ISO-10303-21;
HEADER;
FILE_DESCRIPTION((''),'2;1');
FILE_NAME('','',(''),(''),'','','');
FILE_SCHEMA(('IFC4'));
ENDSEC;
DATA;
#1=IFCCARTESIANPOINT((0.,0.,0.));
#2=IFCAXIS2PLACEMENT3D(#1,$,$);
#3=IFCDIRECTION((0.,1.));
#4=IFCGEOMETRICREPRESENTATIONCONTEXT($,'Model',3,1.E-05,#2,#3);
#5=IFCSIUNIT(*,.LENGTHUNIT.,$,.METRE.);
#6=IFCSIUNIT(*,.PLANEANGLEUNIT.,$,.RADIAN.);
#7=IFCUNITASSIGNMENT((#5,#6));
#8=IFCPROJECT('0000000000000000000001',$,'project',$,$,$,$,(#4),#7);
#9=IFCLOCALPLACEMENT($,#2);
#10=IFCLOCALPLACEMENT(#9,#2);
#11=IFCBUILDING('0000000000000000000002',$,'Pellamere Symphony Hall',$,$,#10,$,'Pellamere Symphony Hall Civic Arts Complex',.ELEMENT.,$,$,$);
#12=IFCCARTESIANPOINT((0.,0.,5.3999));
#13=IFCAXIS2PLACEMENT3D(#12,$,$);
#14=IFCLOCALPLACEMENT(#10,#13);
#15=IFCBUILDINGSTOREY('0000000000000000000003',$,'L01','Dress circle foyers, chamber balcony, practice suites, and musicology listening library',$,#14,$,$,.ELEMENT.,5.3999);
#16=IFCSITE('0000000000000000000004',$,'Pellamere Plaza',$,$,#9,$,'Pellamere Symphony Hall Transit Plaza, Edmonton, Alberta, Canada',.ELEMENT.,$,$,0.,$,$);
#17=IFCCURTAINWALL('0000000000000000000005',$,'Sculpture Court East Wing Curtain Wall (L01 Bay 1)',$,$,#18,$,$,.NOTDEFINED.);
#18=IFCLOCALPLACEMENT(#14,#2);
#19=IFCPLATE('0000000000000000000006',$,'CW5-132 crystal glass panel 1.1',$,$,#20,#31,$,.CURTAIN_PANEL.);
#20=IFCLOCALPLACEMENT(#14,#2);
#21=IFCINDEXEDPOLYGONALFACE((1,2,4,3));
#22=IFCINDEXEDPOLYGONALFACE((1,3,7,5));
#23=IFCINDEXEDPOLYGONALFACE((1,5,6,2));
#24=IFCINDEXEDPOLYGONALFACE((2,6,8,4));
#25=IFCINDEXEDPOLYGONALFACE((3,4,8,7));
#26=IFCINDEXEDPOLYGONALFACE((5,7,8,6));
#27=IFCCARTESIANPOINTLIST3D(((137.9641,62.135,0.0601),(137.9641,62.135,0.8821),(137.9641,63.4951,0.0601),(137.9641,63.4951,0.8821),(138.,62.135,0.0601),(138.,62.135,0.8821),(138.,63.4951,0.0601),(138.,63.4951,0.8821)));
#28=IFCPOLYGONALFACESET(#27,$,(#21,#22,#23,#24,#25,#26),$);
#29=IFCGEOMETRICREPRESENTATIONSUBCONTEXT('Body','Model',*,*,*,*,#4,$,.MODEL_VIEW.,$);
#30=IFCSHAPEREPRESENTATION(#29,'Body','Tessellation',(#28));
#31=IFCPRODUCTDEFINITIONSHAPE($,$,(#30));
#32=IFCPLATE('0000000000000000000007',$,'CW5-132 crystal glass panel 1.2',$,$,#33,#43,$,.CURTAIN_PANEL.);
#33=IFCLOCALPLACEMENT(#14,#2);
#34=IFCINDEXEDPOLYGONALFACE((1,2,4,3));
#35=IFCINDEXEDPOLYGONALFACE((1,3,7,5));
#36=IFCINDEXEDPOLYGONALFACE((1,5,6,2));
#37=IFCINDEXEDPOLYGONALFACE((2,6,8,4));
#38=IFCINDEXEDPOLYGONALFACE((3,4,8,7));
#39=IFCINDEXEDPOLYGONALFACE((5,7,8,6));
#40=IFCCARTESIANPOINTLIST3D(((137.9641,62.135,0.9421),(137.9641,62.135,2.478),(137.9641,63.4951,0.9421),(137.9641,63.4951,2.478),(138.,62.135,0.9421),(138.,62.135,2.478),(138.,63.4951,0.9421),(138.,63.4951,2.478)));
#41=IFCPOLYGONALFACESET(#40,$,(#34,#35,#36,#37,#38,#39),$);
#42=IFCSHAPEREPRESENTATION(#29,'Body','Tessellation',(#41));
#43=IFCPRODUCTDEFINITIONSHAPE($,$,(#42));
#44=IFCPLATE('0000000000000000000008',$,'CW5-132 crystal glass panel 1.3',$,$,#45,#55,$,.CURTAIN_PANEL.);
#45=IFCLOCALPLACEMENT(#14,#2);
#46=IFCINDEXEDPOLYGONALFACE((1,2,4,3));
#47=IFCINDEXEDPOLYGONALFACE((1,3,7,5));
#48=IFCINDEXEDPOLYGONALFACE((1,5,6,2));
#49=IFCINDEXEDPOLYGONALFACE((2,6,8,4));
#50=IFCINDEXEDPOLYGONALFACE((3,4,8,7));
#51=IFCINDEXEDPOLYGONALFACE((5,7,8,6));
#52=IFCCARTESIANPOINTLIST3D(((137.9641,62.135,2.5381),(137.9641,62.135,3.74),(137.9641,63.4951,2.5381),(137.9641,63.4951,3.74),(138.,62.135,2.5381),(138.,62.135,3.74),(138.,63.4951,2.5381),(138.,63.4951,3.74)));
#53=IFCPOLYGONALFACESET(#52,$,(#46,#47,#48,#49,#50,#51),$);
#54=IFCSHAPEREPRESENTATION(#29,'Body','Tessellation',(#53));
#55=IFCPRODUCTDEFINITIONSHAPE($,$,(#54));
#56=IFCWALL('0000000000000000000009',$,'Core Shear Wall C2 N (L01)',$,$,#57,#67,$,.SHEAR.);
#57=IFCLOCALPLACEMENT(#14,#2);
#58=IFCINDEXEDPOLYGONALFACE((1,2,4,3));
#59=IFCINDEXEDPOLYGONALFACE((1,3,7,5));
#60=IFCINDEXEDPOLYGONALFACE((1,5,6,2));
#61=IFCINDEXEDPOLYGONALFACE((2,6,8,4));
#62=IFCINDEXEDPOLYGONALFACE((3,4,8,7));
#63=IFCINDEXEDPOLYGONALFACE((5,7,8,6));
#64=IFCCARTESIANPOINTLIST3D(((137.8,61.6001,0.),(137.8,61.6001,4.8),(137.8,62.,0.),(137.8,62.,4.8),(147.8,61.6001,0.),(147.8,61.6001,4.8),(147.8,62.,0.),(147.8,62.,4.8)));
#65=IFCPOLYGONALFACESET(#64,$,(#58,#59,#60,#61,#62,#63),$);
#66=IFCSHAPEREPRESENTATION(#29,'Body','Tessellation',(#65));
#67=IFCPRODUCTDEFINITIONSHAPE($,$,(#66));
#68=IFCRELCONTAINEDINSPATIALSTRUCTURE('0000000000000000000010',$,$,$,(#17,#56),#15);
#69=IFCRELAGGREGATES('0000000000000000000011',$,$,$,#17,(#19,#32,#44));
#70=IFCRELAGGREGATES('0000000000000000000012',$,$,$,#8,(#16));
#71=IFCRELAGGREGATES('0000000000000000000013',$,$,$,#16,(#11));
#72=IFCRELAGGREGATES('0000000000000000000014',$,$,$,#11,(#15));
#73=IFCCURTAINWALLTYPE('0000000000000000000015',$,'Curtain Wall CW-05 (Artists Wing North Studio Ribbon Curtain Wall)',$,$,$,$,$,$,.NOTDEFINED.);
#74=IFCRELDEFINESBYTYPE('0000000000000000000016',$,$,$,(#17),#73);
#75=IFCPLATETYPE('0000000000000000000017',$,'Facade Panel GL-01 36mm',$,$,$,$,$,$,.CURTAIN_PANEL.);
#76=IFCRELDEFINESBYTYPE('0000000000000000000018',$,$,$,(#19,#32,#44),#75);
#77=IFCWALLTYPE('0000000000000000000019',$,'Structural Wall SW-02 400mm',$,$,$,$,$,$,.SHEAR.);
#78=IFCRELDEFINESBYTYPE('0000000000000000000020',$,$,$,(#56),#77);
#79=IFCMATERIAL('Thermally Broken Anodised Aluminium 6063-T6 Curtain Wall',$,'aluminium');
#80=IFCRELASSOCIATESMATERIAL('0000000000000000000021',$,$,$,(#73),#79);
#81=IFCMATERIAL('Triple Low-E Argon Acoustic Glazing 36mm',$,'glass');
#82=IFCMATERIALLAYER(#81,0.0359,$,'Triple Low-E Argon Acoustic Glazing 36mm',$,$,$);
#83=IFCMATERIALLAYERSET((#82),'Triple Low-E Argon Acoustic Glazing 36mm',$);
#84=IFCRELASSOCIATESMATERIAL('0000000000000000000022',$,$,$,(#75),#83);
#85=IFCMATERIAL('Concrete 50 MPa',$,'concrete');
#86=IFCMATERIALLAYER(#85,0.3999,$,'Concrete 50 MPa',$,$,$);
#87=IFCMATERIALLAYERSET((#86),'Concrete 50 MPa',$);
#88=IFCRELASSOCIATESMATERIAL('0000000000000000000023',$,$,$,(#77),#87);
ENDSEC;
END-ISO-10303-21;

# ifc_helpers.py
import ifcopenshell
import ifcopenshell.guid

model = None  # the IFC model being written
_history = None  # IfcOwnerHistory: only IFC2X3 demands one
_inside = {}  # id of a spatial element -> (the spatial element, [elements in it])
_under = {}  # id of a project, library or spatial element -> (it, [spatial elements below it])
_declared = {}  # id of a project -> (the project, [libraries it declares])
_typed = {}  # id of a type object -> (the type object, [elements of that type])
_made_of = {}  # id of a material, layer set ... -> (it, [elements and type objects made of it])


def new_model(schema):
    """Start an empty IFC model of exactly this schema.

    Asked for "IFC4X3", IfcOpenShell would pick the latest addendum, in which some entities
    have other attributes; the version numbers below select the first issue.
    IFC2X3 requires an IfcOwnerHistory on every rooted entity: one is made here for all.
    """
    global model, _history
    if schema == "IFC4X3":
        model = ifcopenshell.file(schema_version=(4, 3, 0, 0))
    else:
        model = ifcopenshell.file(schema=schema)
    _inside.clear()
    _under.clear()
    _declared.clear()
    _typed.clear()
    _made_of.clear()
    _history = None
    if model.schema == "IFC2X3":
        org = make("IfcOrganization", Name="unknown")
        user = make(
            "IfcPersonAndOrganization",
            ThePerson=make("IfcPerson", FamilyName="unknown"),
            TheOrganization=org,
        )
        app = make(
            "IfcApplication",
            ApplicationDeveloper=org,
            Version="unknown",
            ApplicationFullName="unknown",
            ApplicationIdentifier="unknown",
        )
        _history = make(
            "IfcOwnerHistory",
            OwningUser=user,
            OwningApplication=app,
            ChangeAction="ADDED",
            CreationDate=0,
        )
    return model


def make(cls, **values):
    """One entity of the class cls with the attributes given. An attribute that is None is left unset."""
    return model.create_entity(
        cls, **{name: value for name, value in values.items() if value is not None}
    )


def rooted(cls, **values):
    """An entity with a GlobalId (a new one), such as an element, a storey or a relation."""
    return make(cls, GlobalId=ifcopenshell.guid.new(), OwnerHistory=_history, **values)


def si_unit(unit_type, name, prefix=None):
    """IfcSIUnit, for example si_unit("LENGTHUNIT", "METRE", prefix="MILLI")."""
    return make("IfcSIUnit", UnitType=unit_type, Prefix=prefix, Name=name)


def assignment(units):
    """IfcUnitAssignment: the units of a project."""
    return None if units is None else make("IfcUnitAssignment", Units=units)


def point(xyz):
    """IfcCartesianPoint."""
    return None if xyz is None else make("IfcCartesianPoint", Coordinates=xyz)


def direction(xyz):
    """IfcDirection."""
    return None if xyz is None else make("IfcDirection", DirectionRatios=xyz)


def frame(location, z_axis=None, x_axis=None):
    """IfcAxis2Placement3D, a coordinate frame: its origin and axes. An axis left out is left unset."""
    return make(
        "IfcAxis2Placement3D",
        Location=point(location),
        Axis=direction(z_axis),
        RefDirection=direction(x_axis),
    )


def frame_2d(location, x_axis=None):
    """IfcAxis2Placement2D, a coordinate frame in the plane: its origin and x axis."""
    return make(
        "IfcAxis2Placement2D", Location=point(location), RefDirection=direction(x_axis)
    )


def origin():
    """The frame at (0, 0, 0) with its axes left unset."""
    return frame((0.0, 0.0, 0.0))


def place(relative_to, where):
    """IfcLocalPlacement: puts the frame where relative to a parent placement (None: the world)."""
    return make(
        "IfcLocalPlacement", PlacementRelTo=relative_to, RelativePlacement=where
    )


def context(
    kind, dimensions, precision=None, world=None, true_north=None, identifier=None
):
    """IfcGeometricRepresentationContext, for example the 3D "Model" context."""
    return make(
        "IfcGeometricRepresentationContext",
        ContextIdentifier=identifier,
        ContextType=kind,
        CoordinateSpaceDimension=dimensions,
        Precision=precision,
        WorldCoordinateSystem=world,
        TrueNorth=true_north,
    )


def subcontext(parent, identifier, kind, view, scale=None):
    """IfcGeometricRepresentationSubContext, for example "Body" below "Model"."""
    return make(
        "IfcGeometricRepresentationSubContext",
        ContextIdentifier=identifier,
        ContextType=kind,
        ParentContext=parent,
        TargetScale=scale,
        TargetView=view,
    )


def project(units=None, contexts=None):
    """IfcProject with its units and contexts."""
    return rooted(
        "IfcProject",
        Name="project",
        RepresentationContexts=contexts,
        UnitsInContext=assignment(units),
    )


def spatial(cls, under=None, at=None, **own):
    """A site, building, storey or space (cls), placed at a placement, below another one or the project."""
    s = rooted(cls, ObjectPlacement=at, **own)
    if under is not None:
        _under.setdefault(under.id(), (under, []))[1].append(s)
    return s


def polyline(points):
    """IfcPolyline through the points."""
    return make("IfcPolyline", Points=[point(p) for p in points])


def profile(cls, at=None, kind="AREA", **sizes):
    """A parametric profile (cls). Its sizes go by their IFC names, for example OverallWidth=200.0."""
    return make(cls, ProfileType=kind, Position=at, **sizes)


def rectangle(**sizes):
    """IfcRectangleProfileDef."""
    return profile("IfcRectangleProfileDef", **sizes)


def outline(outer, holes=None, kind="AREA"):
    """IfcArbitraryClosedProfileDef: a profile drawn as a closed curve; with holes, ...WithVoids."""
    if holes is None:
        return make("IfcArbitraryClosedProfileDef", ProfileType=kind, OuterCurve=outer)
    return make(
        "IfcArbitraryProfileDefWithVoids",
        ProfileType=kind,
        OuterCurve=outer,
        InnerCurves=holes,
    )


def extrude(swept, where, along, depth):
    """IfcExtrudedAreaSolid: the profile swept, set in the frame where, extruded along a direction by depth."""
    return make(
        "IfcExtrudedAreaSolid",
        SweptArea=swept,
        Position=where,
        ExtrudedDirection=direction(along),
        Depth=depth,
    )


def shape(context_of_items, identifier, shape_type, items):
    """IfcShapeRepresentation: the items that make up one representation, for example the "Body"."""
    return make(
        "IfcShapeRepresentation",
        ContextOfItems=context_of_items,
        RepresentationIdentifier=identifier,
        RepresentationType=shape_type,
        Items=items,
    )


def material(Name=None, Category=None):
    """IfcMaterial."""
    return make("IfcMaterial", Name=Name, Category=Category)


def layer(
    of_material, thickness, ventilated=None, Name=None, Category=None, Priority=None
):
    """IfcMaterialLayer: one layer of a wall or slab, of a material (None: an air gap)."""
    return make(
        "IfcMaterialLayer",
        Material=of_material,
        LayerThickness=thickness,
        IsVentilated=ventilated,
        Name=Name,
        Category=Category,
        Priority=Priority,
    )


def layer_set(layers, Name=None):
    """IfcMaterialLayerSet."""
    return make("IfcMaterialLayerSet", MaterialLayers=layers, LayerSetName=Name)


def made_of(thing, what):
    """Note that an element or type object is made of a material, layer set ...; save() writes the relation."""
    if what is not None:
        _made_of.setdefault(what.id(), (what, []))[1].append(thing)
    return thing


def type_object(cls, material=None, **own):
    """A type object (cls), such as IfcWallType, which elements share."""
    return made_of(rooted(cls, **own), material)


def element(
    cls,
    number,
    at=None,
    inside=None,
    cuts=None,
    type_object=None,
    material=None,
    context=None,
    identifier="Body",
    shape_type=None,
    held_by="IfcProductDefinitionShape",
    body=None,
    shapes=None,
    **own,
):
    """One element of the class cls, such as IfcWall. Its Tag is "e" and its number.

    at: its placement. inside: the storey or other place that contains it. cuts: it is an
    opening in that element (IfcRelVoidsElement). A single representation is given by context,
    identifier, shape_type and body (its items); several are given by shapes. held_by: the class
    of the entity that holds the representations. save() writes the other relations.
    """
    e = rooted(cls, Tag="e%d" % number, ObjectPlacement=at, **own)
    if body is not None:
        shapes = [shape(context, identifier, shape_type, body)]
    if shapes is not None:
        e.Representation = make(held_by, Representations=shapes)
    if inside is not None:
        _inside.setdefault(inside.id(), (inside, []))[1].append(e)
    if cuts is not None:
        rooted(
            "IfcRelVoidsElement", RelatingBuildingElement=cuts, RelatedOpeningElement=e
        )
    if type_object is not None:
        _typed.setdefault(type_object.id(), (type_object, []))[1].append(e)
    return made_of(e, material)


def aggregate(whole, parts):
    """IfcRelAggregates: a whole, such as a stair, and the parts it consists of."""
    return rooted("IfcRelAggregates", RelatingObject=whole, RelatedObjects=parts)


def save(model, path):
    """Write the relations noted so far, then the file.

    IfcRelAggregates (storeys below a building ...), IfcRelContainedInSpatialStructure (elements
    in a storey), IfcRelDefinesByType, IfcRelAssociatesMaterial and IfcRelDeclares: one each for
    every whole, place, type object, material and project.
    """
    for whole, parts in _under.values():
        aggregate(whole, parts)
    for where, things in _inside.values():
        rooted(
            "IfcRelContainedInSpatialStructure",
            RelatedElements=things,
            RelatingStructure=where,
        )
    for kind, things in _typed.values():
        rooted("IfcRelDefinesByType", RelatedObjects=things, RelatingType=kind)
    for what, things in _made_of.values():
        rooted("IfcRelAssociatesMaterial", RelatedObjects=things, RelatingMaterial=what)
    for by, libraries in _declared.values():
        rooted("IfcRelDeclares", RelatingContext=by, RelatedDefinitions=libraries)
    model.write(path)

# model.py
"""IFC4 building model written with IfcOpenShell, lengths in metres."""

from ifc_helpers import new_model, si_unit, direction, frame, frame_2d, origin, place, context, subcontext, project, spatial, polyline, rectangle, outline, extrude, material, layer, layer_set, type_object, element, aggregate, save


model = new_model("IFC4")

# Units and contexts
model_context = context("Model", 3, precision=1e-05, world=origin(), true_north=direction((0.0, 1.0)))
body_context = subcontext(model_context, "Body", "Model", "MODEL_VIEW")
ifc_project = project(units=[si_unit("LENGTHUNIT", "METRE"), si_unit("PLANEANGLEUNIT", "RADIAN")], contexts=[model_context])

# Site, building, storey
site_placement = place(None, origin())
site = spatial("IfcSite", under=ifc_project, at=site_placement, Name="Pellamere Plaza", LongName="Pellamere Symphony Hall Transit Plaza, Edmonton, Alberta, Canada", CompositionType="ELEMENT", RefElevation=0.0)
building_placement = place(site_placement, origin())
building = spatial("IfcBuilding", under=site, at=building_placement, Name="Pellamere Symphony Hall", LongName="Pellamere Symphony Hall Civic Arts Complex", CompositionType="ELEMENT")
storey_placement = place(building_placement, frame((0.0, 0.0, 5.3999)))
storey = spatial("IfcBuildingStorey", under=building, at=storey_placement, Name="L01", Description="Dress circle foyers, chamber balcony, practice suites, and musicology listening library", CompositionType="ELEMENT", Elevation=5.3999)

# Shared definitions
ifc_material_1 = material(Name="Thermally Broken Anodised Aluminium 6063-T6 Curtain Wall", Category="aluminium")

# Curtain wall
curtain_wall_type_1 = type_object("IfcCurtainWallType", Name="Curtain Wall CW-05 (Artists Wing North Studio Ribbon Curtain Wall)", PredefinedType="NOTDEFINED", material=ifc_material_1)
curtain_wall_1_placement = place(storey_placement, origin())
curtain_wall_1 = element("IfcCurtainWall", 1, at=curtain_wall_1_placement, inside=storey, type_object=curtain_wall_type_1, Name="Sculpture Court East Wing Curtain Wall (L01 Bay 1)", PredefinedType="NOTDEFINED")

# Plates
ifc_material_2 = material(Name="Triple Low-E Argon Acoustic Glazing 36mm", Category="glass")
ifc_layer_1 = layer(ifc_material_2, 0.0359, Name="Triple Low-E Argon Acoustic Glazing 36mm")
ifc_layer_set_1 = layer_set([ifc_layer_1], Name="Triple Low-E Argon Acoustic Glazing 36mm")
plate_type_1 = type_object("IfcPlateType", Name="Facade Panel GL-01 36mm", PredefinedType="CURTAIN_PANEL", material=ifc_layer_set_1)
plate_1_placement = place(storey_placement, frame((138.0, 62.135, 0.0601), z_axis=(1.0, 0.0, 0.0), x_axis=(0.0, 1.0, 0.0)))
plate_1 = element("IfcPlate", 2, at=plate_1_placement, type_object=plate_type_1, Name="CW5-132 crystal glass panel 1.1", PredefinedType="CURTAIN_PANEL", context=body_context, shape_type="SweptSolid", body=[
    extrude(outline(polyline([(0.0, 0.0), (1.3601, 0.0), (1.3601, 0.822), (0.0, 0.822), (0.0, 0.0)])), origin(), (0.0, 0.0, -1.0), 0.0359),
])
plate_2_placement = place(storey_placement, frame((138.0, 62.135, 0.9421), z_axis=(1.0, 0.0, 0.0), x_axis=(0.0, 1.0, 0.0)))
plate_2 = element("IfcPlate", 3, at=plate_2_placement, type_object=plate_type_1, Name="CW5-132 crystal glass panel 1.2", PredefinedType="CURTAIN_PANEL", context=body_context, shape_type="SweptSolid", body=[
    extrude(outline(polyline([(0.0, 0.0), (1.3601, 0.0), (1.3601, 1.5359), (0.0, 1.5359), (0.0, 0.0)])), origin(), (0.0, 0.0, -1.0), 0.0359),
])
plate_3_placement = place(storey_placement, frame((138.0, 62.135, 2.5381), z_axis=(1.0, 0.0, 0.0), x_axis=(0.0, 1.0, 0.0)))
plate_3 = element("IfcPlate", 4, at=plate_3_placement, type_object=plate_type_1, Name="CW5-132 crystal glass panel 1.3", PredefinedType="CURTAIN_PANEL", context=body_context, shape_type="SweptSolid", body=[
    extrude(outline(polyline([(0.0, 0.0), (1.3601, 0.0), (1.3601, 1.2019), (0.0, 1.2019), (0.0, 0.0)])), origin(), (0.0, 0.0, -1.0), 0.0359),
])
aggregate(curtain_wall_1, [plate_1, plate_2, plate_3])

# Wall
ifc_material_3 = material(Name="Concrete 50 MPa", Category="concrete")
ifc_layer_2 = layer(ifc_material_3, 0.3999, Name="Concrete 50 MPa")
ifc_layer_set_2 = layer_set([ifc_layer_2], Name="Concrete 50 MPa")
wall_type = type_object("IfcWallType", Name="Structural Wall SW-02 400mm", PredefinedType="SHEAR", material=ifc_layer_set_2)
wall_placement = place(storey_placement, frame((137.8, 61.8, 0.0), z_axis=(0.0, 0.0, 1.0), x_axis=(1.0, 0.0, 0.0)))
element("IfcWall", 5, at=wall_placement, inside=storey, type_object=wall_type, Name="Core Shear Wall C2 N (L01)", PredefinedType="SHEAR", context=body_context, shape_type="SweptSolid", body=[
    extrude(rectangle(XDim=10.0, YDim=0.3999, at=frame_2d((5.0, 0.0))), origin(), (0.0, 0.0, 1.0), 4.8),
])

save(model, "model.ifc")
